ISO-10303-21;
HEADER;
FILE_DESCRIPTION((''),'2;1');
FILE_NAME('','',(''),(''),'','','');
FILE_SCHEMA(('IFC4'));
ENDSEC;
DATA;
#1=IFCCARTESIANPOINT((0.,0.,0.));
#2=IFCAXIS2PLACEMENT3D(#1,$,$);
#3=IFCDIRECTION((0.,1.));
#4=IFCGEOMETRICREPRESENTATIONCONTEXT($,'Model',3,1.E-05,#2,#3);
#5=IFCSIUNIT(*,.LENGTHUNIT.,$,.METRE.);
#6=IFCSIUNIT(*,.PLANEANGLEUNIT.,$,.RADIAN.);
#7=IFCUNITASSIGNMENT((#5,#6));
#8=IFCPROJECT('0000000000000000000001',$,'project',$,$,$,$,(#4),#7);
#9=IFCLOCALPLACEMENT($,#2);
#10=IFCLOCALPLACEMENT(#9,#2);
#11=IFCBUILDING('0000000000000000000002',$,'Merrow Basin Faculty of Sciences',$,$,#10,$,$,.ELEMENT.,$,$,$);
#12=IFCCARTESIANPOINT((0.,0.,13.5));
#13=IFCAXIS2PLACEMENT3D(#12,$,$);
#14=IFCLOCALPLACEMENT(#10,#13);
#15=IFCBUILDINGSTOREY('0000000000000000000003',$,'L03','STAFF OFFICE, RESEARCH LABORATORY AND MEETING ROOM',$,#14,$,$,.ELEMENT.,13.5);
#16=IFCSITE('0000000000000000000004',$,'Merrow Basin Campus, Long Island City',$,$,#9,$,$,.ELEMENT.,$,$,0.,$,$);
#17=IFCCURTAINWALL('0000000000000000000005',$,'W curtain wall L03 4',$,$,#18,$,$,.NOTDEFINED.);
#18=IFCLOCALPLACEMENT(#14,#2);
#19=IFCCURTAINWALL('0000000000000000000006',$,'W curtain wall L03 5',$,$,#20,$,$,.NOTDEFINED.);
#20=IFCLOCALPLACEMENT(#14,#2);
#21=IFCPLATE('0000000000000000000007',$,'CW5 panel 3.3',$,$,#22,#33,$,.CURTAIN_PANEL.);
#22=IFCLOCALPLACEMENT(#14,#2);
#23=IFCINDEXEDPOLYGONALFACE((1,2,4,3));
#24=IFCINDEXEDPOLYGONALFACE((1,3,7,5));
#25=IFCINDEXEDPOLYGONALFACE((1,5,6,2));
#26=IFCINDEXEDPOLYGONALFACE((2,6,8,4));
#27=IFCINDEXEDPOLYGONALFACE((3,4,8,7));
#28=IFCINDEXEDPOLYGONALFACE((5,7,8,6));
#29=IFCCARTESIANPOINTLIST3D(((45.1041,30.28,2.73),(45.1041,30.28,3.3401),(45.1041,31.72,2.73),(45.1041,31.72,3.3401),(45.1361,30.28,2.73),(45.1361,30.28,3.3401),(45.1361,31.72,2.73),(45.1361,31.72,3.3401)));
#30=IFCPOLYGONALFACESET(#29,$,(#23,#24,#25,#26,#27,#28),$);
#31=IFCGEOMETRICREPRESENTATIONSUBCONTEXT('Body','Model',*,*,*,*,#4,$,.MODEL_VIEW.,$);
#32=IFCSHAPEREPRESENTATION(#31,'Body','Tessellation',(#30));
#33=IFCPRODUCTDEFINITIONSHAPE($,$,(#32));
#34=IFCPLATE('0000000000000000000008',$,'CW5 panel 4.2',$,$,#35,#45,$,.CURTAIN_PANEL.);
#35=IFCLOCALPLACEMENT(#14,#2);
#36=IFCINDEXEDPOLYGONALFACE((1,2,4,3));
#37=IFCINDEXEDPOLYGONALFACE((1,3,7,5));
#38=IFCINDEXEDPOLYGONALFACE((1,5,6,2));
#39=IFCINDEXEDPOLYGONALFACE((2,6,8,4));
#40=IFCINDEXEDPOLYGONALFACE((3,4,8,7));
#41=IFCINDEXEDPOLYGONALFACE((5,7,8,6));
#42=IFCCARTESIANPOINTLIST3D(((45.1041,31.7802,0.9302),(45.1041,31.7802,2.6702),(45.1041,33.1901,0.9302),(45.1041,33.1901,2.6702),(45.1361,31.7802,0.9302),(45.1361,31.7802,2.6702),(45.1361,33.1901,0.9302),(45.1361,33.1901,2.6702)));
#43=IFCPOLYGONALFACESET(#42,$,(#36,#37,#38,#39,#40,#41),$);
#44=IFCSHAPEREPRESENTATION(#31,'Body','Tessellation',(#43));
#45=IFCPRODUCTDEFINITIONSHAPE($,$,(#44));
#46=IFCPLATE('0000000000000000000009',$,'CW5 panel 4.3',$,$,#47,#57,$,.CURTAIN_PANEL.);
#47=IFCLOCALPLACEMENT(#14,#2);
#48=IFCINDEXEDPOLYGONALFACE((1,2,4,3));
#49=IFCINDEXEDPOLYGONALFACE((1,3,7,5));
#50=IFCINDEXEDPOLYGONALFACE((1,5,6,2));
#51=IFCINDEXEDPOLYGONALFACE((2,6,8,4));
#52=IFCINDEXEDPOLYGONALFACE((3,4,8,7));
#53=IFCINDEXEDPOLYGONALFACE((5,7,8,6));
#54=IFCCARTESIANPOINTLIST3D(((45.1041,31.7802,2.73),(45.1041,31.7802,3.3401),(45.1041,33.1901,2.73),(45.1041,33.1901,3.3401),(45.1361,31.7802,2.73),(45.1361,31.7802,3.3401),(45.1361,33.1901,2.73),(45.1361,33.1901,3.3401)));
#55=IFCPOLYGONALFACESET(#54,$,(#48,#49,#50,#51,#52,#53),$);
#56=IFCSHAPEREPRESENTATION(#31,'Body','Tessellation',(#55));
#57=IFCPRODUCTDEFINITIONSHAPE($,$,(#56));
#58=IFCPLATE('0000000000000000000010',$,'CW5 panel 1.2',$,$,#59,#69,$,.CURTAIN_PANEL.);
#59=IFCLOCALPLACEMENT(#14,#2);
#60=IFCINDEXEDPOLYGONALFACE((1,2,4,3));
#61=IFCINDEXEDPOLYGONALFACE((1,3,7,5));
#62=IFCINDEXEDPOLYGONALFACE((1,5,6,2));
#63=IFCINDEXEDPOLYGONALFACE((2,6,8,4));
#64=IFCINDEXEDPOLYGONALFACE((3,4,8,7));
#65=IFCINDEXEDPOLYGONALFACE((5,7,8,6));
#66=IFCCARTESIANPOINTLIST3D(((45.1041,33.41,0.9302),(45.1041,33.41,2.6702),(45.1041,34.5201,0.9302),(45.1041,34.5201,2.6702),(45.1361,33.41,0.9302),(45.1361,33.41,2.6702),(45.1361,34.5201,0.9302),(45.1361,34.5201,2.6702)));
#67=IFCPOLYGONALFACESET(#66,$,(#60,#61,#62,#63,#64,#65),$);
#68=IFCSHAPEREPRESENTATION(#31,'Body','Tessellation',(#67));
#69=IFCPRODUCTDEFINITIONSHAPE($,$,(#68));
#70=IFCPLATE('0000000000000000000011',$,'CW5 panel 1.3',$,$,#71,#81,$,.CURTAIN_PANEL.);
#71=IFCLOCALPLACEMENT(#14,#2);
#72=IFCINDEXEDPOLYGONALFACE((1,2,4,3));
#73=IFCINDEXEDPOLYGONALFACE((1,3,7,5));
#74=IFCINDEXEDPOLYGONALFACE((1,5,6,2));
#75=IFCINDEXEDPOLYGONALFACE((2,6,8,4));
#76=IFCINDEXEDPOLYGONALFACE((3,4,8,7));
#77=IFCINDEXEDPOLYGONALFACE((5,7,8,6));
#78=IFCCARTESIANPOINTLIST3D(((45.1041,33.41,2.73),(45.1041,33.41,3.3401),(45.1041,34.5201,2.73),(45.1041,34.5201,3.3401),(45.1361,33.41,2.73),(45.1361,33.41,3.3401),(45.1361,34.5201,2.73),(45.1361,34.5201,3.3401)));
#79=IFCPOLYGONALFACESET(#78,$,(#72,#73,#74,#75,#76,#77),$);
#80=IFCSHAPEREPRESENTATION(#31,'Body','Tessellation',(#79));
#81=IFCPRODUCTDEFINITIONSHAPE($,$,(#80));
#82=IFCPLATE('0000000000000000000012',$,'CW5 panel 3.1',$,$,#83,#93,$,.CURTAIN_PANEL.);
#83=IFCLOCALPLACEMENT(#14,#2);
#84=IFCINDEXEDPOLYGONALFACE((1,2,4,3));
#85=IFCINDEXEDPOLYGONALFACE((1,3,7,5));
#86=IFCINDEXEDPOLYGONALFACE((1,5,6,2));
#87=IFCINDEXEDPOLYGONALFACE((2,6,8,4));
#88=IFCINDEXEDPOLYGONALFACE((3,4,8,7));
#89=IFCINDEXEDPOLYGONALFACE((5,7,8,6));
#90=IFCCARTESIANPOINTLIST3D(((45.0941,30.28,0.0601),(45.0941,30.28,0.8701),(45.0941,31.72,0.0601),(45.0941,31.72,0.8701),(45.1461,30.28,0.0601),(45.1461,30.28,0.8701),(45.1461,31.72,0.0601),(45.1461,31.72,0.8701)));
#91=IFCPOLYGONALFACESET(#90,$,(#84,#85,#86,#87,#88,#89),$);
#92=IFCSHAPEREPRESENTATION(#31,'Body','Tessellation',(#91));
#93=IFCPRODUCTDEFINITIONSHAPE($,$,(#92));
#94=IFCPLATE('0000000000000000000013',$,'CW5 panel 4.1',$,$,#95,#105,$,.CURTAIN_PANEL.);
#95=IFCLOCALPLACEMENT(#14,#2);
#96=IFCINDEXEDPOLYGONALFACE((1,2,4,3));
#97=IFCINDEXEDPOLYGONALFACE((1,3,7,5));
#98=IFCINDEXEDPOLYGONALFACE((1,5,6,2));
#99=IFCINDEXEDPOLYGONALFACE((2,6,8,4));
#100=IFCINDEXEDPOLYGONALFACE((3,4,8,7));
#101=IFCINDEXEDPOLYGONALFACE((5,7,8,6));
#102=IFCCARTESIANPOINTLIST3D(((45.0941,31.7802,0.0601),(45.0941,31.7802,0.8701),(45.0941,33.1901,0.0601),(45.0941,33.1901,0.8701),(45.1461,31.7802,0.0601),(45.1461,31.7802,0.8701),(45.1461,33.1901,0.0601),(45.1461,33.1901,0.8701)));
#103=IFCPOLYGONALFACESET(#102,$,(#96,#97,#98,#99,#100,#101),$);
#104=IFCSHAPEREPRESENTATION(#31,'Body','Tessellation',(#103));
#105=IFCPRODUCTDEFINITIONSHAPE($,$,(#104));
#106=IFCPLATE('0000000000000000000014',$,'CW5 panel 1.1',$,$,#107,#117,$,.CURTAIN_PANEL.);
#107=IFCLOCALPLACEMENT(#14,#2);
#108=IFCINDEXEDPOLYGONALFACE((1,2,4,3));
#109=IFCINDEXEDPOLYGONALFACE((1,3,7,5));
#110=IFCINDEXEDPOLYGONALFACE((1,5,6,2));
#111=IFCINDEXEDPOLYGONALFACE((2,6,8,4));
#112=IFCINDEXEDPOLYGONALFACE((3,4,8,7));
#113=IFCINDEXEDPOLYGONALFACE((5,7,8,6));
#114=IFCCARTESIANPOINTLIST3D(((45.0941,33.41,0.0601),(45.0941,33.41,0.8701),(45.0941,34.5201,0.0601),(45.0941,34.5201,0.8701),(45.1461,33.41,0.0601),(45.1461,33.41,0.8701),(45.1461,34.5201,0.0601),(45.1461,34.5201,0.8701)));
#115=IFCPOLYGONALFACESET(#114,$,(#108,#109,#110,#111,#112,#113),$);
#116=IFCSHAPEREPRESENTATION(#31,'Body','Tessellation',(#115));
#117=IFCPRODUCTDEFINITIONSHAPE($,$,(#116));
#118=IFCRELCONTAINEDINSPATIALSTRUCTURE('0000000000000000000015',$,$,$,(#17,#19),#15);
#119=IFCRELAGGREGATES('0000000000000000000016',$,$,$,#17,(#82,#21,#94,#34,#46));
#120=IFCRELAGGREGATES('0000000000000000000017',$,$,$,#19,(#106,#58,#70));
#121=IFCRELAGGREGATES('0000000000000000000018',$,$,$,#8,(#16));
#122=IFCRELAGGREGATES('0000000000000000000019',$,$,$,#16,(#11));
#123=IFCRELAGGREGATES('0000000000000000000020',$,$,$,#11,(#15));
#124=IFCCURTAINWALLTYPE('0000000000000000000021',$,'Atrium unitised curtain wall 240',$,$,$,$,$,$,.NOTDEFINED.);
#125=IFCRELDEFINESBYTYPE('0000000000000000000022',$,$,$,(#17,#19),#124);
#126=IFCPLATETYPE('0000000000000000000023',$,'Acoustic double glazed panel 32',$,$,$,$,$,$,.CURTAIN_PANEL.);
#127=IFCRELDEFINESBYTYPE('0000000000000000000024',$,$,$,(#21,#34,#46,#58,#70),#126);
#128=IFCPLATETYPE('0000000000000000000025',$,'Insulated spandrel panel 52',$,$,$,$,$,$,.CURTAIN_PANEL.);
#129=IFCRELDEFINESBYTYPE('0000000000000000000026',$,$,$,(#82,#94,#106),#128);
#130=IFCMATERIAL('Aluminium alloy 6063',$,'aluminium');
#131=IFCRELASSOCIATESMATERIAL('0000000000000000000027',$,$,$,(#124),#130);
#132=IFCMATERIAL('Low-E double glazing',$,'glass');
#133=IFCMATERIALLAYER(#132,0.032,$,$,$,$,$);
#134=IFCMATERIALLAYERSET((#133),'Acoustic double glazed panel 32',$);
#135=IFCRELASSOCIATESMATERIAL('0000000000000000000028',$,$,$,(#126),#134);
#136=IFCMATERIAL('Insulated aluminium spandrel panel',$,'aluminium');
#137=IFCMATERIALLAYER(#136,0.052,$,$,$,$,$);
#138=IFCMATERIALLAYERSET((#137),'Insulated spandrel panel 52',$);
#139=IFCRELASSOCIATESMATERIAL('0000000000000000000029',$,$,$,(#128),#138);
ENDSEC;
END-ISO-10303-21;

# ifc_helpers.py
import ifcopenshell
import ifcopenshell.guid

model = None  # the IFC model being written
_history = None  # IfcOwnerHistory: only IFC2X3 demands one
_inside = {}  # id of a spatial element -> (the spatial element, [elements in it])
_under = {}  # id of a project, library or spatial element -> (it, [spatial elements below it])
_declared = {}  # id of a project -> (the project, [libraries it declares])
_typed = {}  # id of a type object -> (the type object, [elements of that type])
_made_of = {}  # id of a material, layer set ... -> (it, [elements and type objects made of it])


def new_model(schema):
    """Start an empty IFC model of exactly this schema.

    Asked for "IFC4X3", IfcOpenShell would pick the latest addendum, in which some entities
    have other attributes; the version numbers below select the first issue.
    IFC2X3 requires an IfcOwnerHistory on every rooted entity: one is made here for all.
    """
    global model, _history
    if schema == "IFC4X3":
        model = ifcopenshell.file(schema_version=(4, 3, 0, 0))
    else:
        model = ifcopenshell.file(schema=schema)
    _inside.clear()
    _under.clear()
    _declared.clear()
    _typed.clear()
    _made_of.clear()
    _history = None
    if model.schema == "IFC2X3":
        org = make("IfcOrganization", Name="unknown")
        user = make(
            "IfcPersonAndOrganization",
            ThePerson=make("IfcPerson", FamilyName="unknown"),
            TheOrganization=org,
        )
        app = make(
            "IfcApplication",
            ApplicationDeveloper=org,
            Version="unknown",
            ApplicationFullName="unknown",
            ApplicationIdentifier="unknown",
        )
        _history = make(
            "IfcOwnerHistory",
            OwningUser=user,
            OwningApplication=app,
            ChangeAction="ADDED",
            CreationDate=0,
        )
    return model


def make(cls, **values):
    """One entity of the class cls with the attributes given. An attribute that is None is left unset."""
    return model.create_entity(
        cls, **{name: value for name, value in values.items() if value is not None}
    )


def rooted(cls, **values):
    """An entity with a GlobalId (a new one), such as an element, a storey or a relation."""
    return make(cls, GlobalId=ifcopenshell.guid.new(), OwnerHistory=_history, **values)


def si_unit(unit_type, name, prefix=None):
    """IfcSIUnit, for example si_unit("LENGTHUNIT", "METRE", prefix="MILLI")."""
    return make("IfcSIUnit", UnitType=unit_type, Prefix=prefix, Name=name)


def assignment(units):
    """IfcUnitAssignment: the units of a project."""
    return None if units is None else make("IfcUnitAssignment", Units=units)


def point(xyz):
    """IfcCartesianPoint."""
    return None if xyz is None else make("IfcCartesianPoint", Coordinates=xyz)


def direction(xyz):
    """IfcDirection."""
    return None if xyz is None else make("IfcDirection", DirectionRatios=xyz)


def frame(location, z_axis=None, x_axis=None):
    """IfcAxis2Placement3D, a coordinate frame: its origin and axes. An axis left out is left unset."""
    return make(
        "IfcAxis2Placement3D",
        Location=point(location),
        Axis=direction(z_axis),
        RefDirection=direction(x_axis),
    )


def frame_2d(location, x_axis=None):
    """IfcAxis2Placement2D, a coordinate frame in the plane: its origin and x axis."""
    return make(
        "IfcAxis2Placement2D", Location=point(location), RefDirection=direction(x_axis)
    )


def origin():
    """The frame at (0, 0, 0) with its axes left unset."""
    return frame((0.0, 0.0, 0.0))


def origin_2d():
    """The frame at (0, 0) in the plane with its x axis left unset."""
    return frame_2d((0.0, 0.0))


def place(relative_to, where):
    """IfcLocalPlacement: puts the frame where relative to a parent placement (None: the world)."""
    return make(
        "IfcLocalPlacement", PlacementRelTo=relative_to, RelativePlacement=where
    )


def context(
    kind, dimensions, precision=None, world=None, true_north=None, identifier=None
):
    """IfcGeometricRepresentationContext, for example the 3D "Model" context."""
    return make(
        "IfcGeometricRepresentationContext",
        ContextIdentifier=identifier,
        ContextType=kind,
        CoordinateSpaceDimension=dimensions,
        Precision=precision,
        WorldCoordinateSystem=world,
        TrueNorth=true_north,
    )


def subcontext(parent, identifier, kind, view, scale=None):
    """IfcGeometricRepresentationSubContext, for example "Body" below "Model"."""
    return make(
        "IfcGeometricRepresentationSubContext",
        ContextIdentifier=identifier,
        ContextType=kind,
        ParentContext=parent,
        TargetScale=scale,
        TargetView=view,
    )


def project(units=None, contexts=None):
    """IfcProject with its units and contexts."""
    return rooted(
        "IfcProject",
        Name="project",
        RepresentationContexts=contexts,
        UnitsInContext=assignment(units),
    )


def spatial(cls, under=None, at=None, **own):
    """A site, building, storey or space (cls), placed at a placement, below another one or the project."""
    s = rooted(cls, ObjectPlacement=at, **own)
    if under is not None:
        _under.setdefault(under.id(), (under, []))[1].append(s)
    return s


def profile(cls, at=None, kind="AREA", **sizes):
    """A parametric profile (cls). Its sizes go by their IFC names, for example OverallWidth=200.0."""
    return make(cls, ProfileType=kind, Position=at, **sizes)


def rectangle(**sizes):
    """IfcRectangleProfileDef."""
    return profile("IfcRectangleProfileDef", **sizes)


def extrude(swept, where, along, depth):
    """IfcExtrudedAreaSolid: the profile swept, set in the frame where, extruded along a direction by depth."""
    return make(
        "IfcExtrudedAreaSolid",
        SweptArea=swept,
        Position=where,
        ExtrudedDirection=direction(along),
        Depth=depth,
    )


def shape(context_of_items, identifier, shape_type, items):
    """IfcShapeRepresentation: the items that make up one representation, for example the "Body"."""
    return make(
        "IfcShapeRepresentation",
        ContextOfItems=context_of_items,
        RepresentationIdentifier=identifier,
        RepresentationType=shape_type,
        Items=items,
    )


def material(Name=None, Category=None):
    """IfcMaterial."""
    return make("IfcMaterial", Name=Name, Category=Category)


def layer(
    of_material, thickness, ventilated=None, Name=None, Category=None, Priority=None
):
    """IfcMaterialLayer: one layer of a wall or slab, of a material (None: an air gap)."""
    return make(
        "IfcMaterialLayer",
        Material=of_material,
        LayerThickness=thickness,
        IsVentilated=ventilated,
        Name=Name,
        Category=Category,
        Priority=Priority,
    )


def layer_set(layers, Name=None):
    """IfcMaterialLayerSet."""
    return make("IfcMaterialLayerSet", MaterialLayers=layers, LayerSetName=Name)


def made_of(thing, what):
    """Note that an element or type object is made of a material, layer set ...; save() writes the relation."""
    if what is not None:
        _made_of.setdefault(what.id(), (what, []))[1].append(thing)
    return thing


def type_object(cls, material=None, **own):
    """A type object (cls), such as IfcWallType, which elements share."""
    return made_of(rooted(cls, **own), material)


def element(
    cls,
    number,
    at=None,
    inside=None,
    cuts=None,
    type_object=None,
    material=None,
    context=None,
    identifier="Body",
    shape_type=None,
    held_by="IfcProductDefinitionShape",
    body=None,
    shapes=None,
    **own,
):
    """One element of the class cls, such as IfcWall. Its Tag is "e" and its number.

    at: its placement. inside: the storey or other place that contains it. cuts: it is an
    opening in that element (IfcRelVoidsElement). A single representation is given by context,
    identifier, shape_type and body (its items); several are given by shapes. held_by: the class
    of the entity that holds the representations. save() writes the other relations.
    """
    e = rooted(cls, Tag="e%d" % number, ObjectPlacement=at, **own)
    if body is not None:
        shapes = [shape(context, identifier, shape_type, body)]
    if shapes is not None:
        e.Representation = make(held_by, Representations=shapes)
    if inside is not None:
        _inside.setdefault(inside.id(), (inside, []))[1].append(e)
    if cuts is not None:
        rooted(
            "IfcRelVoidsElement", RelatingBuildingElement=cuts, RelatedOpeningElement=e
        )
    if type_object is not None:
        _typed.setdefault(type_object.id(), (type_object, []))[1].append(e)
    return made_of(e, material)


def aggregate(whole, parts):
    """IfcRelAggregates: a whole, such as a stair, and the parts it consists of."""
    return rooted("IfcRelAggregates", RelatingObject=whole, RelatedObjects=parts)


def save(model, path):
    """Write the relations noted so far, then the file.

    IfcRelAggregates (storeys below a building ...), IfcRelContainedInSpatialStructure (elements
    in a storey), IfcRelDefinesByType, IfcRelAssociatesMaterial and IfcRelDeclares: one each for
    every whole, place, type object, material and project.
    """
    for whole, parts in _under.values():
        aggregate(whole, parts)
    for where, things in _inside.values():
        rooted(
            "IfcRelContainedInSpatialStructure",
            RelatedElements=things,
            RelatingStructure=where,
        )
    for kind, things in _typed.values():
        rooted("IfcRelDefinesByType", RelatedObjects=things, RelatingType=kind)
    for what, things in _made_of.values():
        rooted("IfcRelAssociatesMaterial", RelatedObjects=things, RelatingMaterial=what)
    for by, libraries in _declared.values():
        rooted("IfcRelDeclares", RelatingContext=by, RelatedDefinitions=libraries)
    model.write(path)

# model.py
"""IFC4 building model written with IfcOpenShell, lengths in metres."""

from ifc_helpers import new_model, si_unit, direction, frame, origin, origin_2d, place, context, subcontext, project, spatial, rectangle, extrude, material, layer, layer_set, type_object, element, aggregate, save


model = new_model("IFC4")

# Units and contexts
model_context = context("Model", 3, precision=1e-05, world=origin(), true_north=direction((0.0, 1.0)))
body_context = subcontext(model_context, "Body", "Model", "MODEL_VIEW")
ifc_project = project(units=[si_unit("LENGTHUNIT", "METRE"), si_unit("PLANEANGLEUNIT", "RADIAN")], contexts=[model_context])

# Site, building, storey
site_placement = place(None, origin())
site = spatial("IfcSite", under=ifc_project, at=site_placement, Name="Merrow Basin Campus, Long Island City", CompositionType="ELEMENT", RefElevation=0.0)
building_placement = place(site_placement, origin())
building = spatial("IfcBuilding", under=site, at=building_placement, Name="Merrow Basin Faculty of Sciences", CompositionType="ELEMENT")
storey_placement = place(building_placement, frame((0.0, 0.0, 13.5)))
storey = spatial("IfcBuildingStorey", under=building, at=storey_placement, Name="L03", Description="STAFF OFFICE, RESEARCH LABORATORY AND MEETING ROOM", CompositionType="ELEMENT", Elevation=13.5)

# Curtain walls
ifc_material_1 = material(Name="Aluminium alloy 6063", Category="aluminium")
curtain_wall_type = type_object("IfcCurtainWallType", Name="Atrium unitised curtain wall 240", PredefinedType="NOTDEFINED", material=ifc_material_1)
curtain_wall_1_placement = place(storey_placement, origin())
curtain_wall_1 = element("IfcCurtainWall", 1, at=curtain_wall_1_placement, inside=storey, type_object=curtain_wall_type, Name="W curtain wall L03 4", PredefinedType="NOTDEFINED")
curtain_wall_2_placement = place(storey_placement, origin())
curtain_wall_2 = element("IfcCurtainWall", 2, at=curtain_wall_2_placement, inside=storey, type_object=curtain_wall_type, Name="W curtain wall L03 5", PredefinedType="NOTDEFINED")

# Plates
ifc_material_2 = material(Name="Low-E double glazing", Category="glass")
ifc_layer_1 = layer(ifc_material_2, 0.032)
ifc_layer_set_1 = layer_set([ifc_layer_1], Name="Acoustic double glazed panel 32")
plate_type_1 = type_object("IfcPlateType", Name="Acoustic double glazed panel 32", PredefinedType="CURTAIN_PANEL", material=ifc_layer_set_1)
plate_1_placement = place(storey_placement, frame((45.1201, 31.0, 2.73), z_axis=(0.0, 0.0, 1.0), x_axis=(0.0, 1.0, 0.0)))
plate_1 = element("IfcPlate", 3, at=plate_1_placement, type_object=plate_type_1, Name="CW5 panel 3.3", PredefinedType="CURTAIN_PANEL", context=body_context, shape_type="SweptSolid", body=[
    extrude(rectangle(XDim=1.4399, YDim=0.032, at=origin_2d()), origin(), (0.0, 0.0, 1.0), 0.6101),
])
plate_2_placement = place(storey_placement, frame((45.1201, 32.4851, 0.9302), z_axis=(0.0, 0.0, 1.0), x_axis=(0.0, 1.0, 0.0)))
plate_2 = element("IfcPlate", 4, at=plate_2_placement, type_object=plate_type_1, Name="CW5 panel 4.2", PredefinedType="CURTAIN_PANEL", context=body_context, shape_type="SweptSolid", body=[
    extrude(rectangle(XDim=1.4099, YDim=0.032, at=origin_2d()), origin(), (0.0, 0.0, 1.0), 1.74),
])
plate_3_placement = place(storey_placement, frame((45.1201, 32.4851, 2.73), z_axis=(0.0, 0.0, 1.0), x_axis=(0.0, 1.0, 0.0)))
plate_3 = element("IfcPlate", 5, at=plate_3_placement, type_object=plate_type_1, Name="CW5 panel 4.3", PredefinedType="CURTAIN_PANEL", context=body_context, shape_type="SweptSolid", body=[
    extrude(rectangle(XDim=1.4099, YDim=0.032, at=origin_2d()), origin(), (0.0, 0.0, 1.0), 0.6101),
])
plate_4_placement = place(storey_placement, frame((45.1201, 33.9651, 0.9302), z_axis=(0.0, 0.0, 1.0), x_axis=(0.0, 1.0, 0.0)))
plate_4 = element("IfcPlate", 6, at=plate_4_placement, type_object=plate_type_1, Name="CW5 panel 1.2", PredefinedType="CURTAIN_PANEL", context=body_context, shape_type="SweptSolid", body=[
    extrude(rectangle(XDim=1.1101, YDim=0.032, at=origin_2d()), origin(), (0.0, 0.0, 1.0), 1.74),
])
plate_5_placement = place(storey_placement, frame((45.1201, 33.9651, 2.73), z_axis=(0.0, 0.0, 1.0), x_axis=(0.0, 1.0, 0.0)))
plate_5 = element("IfcPlate", 7, at=plate_5_placement, type_object=plate_type_1, Name="CW5 panel 1.3", PredefinedType="CURTAIN_PANEL", context=body_context, shape_type="SweptSolid", body=[
    extrude(rectangle(XDim=1.1101, YDim=0.032, at=origin_2d()), origin(), (0.0, 0.0, 1.0), 0.6101),
])
ifc_material_3 = material(Name="Insulated aluminium spandrel panel", Category="aluminium")
ifc_layer_2 = layer(ifc_material_3, 0.052)
ifc_layer_set_2 = layer_set([ifc_layer_2], Name="Insulated spandrel panel 52")
plate_type_2 = type_object("IfcPlateType", Name="Insulated spandrel panel 52", PredefinedType="CURTAIN_PANEL", material=ifc_layer_set_2)
plate_6_placement = place(storey_placement, frame((45.1201, 31.0, 0.0601), z_axis=(0.0, 0.0, 1.0), x_axis=(0.0, 1.0, 0.0)))
plate_6 = element("IfcPlate", 8, at=plate_6_placement, type_object=plate_type_2, Name="CW5 panel 3.1", PredefinedType="CURTAIN_PANEL", context=body_context, shape_type="SweptSolid", body=[
    extrude(rectangle(XDim=1.4399, YDim=0.052, at=origin_2d()), origin(), (0.0, 0.0, 1.0), 0.8101),
])
plate_7_placement = place(storey_placement, frame((45.1201, 32.4851, 0.0601), z_axis=(0.0, 0.0, 1.0), x_axis=(0.0, 1.0, 0.0)))
plate_7 = element("IfcPlate", 9, at=plate_7_placement, type_object=plate_type_2, Name="CW5 panel 4.1", PredefinedType="CURTAIN_PANEL", context=body_context, shape_type="SweptSolid", body=[
    extrude(rectangle(XDim=1.4099, YDim=0.052, at=origin_2d()), origin(), (0.0, 0.0, 1.0), 0.8101),
])
aggregate(curtain_wall_1, [plate_6, plate_1, plate_7, plate_2, plate_3])
plate_8_placement = place(storey_placement, frame((45.1201, 33.9651, 0.0601), z_axis=(0.0, 0.0, 1.0), x_axis=(0.0, 1.0, 0.0)))
plate_8 = element("IfcPlate", 10, at=plate_8_placement, type_object=plate_type_2, Name="CW5 panel 1.1", PredefinedType="CURTAIN_PANEL", context=body_context, shape_type="SweptSolid", body=[
    extrude(rectangle(XDim=1.1101, YDim=0.052, at=origin_2d()), origin(), (0.0, 0.0, 1.0), 0.8101),
])
aggregate(curtain_wall_2, [plate_8, plate_4, plate_5])

save(model, "model.ifc")
